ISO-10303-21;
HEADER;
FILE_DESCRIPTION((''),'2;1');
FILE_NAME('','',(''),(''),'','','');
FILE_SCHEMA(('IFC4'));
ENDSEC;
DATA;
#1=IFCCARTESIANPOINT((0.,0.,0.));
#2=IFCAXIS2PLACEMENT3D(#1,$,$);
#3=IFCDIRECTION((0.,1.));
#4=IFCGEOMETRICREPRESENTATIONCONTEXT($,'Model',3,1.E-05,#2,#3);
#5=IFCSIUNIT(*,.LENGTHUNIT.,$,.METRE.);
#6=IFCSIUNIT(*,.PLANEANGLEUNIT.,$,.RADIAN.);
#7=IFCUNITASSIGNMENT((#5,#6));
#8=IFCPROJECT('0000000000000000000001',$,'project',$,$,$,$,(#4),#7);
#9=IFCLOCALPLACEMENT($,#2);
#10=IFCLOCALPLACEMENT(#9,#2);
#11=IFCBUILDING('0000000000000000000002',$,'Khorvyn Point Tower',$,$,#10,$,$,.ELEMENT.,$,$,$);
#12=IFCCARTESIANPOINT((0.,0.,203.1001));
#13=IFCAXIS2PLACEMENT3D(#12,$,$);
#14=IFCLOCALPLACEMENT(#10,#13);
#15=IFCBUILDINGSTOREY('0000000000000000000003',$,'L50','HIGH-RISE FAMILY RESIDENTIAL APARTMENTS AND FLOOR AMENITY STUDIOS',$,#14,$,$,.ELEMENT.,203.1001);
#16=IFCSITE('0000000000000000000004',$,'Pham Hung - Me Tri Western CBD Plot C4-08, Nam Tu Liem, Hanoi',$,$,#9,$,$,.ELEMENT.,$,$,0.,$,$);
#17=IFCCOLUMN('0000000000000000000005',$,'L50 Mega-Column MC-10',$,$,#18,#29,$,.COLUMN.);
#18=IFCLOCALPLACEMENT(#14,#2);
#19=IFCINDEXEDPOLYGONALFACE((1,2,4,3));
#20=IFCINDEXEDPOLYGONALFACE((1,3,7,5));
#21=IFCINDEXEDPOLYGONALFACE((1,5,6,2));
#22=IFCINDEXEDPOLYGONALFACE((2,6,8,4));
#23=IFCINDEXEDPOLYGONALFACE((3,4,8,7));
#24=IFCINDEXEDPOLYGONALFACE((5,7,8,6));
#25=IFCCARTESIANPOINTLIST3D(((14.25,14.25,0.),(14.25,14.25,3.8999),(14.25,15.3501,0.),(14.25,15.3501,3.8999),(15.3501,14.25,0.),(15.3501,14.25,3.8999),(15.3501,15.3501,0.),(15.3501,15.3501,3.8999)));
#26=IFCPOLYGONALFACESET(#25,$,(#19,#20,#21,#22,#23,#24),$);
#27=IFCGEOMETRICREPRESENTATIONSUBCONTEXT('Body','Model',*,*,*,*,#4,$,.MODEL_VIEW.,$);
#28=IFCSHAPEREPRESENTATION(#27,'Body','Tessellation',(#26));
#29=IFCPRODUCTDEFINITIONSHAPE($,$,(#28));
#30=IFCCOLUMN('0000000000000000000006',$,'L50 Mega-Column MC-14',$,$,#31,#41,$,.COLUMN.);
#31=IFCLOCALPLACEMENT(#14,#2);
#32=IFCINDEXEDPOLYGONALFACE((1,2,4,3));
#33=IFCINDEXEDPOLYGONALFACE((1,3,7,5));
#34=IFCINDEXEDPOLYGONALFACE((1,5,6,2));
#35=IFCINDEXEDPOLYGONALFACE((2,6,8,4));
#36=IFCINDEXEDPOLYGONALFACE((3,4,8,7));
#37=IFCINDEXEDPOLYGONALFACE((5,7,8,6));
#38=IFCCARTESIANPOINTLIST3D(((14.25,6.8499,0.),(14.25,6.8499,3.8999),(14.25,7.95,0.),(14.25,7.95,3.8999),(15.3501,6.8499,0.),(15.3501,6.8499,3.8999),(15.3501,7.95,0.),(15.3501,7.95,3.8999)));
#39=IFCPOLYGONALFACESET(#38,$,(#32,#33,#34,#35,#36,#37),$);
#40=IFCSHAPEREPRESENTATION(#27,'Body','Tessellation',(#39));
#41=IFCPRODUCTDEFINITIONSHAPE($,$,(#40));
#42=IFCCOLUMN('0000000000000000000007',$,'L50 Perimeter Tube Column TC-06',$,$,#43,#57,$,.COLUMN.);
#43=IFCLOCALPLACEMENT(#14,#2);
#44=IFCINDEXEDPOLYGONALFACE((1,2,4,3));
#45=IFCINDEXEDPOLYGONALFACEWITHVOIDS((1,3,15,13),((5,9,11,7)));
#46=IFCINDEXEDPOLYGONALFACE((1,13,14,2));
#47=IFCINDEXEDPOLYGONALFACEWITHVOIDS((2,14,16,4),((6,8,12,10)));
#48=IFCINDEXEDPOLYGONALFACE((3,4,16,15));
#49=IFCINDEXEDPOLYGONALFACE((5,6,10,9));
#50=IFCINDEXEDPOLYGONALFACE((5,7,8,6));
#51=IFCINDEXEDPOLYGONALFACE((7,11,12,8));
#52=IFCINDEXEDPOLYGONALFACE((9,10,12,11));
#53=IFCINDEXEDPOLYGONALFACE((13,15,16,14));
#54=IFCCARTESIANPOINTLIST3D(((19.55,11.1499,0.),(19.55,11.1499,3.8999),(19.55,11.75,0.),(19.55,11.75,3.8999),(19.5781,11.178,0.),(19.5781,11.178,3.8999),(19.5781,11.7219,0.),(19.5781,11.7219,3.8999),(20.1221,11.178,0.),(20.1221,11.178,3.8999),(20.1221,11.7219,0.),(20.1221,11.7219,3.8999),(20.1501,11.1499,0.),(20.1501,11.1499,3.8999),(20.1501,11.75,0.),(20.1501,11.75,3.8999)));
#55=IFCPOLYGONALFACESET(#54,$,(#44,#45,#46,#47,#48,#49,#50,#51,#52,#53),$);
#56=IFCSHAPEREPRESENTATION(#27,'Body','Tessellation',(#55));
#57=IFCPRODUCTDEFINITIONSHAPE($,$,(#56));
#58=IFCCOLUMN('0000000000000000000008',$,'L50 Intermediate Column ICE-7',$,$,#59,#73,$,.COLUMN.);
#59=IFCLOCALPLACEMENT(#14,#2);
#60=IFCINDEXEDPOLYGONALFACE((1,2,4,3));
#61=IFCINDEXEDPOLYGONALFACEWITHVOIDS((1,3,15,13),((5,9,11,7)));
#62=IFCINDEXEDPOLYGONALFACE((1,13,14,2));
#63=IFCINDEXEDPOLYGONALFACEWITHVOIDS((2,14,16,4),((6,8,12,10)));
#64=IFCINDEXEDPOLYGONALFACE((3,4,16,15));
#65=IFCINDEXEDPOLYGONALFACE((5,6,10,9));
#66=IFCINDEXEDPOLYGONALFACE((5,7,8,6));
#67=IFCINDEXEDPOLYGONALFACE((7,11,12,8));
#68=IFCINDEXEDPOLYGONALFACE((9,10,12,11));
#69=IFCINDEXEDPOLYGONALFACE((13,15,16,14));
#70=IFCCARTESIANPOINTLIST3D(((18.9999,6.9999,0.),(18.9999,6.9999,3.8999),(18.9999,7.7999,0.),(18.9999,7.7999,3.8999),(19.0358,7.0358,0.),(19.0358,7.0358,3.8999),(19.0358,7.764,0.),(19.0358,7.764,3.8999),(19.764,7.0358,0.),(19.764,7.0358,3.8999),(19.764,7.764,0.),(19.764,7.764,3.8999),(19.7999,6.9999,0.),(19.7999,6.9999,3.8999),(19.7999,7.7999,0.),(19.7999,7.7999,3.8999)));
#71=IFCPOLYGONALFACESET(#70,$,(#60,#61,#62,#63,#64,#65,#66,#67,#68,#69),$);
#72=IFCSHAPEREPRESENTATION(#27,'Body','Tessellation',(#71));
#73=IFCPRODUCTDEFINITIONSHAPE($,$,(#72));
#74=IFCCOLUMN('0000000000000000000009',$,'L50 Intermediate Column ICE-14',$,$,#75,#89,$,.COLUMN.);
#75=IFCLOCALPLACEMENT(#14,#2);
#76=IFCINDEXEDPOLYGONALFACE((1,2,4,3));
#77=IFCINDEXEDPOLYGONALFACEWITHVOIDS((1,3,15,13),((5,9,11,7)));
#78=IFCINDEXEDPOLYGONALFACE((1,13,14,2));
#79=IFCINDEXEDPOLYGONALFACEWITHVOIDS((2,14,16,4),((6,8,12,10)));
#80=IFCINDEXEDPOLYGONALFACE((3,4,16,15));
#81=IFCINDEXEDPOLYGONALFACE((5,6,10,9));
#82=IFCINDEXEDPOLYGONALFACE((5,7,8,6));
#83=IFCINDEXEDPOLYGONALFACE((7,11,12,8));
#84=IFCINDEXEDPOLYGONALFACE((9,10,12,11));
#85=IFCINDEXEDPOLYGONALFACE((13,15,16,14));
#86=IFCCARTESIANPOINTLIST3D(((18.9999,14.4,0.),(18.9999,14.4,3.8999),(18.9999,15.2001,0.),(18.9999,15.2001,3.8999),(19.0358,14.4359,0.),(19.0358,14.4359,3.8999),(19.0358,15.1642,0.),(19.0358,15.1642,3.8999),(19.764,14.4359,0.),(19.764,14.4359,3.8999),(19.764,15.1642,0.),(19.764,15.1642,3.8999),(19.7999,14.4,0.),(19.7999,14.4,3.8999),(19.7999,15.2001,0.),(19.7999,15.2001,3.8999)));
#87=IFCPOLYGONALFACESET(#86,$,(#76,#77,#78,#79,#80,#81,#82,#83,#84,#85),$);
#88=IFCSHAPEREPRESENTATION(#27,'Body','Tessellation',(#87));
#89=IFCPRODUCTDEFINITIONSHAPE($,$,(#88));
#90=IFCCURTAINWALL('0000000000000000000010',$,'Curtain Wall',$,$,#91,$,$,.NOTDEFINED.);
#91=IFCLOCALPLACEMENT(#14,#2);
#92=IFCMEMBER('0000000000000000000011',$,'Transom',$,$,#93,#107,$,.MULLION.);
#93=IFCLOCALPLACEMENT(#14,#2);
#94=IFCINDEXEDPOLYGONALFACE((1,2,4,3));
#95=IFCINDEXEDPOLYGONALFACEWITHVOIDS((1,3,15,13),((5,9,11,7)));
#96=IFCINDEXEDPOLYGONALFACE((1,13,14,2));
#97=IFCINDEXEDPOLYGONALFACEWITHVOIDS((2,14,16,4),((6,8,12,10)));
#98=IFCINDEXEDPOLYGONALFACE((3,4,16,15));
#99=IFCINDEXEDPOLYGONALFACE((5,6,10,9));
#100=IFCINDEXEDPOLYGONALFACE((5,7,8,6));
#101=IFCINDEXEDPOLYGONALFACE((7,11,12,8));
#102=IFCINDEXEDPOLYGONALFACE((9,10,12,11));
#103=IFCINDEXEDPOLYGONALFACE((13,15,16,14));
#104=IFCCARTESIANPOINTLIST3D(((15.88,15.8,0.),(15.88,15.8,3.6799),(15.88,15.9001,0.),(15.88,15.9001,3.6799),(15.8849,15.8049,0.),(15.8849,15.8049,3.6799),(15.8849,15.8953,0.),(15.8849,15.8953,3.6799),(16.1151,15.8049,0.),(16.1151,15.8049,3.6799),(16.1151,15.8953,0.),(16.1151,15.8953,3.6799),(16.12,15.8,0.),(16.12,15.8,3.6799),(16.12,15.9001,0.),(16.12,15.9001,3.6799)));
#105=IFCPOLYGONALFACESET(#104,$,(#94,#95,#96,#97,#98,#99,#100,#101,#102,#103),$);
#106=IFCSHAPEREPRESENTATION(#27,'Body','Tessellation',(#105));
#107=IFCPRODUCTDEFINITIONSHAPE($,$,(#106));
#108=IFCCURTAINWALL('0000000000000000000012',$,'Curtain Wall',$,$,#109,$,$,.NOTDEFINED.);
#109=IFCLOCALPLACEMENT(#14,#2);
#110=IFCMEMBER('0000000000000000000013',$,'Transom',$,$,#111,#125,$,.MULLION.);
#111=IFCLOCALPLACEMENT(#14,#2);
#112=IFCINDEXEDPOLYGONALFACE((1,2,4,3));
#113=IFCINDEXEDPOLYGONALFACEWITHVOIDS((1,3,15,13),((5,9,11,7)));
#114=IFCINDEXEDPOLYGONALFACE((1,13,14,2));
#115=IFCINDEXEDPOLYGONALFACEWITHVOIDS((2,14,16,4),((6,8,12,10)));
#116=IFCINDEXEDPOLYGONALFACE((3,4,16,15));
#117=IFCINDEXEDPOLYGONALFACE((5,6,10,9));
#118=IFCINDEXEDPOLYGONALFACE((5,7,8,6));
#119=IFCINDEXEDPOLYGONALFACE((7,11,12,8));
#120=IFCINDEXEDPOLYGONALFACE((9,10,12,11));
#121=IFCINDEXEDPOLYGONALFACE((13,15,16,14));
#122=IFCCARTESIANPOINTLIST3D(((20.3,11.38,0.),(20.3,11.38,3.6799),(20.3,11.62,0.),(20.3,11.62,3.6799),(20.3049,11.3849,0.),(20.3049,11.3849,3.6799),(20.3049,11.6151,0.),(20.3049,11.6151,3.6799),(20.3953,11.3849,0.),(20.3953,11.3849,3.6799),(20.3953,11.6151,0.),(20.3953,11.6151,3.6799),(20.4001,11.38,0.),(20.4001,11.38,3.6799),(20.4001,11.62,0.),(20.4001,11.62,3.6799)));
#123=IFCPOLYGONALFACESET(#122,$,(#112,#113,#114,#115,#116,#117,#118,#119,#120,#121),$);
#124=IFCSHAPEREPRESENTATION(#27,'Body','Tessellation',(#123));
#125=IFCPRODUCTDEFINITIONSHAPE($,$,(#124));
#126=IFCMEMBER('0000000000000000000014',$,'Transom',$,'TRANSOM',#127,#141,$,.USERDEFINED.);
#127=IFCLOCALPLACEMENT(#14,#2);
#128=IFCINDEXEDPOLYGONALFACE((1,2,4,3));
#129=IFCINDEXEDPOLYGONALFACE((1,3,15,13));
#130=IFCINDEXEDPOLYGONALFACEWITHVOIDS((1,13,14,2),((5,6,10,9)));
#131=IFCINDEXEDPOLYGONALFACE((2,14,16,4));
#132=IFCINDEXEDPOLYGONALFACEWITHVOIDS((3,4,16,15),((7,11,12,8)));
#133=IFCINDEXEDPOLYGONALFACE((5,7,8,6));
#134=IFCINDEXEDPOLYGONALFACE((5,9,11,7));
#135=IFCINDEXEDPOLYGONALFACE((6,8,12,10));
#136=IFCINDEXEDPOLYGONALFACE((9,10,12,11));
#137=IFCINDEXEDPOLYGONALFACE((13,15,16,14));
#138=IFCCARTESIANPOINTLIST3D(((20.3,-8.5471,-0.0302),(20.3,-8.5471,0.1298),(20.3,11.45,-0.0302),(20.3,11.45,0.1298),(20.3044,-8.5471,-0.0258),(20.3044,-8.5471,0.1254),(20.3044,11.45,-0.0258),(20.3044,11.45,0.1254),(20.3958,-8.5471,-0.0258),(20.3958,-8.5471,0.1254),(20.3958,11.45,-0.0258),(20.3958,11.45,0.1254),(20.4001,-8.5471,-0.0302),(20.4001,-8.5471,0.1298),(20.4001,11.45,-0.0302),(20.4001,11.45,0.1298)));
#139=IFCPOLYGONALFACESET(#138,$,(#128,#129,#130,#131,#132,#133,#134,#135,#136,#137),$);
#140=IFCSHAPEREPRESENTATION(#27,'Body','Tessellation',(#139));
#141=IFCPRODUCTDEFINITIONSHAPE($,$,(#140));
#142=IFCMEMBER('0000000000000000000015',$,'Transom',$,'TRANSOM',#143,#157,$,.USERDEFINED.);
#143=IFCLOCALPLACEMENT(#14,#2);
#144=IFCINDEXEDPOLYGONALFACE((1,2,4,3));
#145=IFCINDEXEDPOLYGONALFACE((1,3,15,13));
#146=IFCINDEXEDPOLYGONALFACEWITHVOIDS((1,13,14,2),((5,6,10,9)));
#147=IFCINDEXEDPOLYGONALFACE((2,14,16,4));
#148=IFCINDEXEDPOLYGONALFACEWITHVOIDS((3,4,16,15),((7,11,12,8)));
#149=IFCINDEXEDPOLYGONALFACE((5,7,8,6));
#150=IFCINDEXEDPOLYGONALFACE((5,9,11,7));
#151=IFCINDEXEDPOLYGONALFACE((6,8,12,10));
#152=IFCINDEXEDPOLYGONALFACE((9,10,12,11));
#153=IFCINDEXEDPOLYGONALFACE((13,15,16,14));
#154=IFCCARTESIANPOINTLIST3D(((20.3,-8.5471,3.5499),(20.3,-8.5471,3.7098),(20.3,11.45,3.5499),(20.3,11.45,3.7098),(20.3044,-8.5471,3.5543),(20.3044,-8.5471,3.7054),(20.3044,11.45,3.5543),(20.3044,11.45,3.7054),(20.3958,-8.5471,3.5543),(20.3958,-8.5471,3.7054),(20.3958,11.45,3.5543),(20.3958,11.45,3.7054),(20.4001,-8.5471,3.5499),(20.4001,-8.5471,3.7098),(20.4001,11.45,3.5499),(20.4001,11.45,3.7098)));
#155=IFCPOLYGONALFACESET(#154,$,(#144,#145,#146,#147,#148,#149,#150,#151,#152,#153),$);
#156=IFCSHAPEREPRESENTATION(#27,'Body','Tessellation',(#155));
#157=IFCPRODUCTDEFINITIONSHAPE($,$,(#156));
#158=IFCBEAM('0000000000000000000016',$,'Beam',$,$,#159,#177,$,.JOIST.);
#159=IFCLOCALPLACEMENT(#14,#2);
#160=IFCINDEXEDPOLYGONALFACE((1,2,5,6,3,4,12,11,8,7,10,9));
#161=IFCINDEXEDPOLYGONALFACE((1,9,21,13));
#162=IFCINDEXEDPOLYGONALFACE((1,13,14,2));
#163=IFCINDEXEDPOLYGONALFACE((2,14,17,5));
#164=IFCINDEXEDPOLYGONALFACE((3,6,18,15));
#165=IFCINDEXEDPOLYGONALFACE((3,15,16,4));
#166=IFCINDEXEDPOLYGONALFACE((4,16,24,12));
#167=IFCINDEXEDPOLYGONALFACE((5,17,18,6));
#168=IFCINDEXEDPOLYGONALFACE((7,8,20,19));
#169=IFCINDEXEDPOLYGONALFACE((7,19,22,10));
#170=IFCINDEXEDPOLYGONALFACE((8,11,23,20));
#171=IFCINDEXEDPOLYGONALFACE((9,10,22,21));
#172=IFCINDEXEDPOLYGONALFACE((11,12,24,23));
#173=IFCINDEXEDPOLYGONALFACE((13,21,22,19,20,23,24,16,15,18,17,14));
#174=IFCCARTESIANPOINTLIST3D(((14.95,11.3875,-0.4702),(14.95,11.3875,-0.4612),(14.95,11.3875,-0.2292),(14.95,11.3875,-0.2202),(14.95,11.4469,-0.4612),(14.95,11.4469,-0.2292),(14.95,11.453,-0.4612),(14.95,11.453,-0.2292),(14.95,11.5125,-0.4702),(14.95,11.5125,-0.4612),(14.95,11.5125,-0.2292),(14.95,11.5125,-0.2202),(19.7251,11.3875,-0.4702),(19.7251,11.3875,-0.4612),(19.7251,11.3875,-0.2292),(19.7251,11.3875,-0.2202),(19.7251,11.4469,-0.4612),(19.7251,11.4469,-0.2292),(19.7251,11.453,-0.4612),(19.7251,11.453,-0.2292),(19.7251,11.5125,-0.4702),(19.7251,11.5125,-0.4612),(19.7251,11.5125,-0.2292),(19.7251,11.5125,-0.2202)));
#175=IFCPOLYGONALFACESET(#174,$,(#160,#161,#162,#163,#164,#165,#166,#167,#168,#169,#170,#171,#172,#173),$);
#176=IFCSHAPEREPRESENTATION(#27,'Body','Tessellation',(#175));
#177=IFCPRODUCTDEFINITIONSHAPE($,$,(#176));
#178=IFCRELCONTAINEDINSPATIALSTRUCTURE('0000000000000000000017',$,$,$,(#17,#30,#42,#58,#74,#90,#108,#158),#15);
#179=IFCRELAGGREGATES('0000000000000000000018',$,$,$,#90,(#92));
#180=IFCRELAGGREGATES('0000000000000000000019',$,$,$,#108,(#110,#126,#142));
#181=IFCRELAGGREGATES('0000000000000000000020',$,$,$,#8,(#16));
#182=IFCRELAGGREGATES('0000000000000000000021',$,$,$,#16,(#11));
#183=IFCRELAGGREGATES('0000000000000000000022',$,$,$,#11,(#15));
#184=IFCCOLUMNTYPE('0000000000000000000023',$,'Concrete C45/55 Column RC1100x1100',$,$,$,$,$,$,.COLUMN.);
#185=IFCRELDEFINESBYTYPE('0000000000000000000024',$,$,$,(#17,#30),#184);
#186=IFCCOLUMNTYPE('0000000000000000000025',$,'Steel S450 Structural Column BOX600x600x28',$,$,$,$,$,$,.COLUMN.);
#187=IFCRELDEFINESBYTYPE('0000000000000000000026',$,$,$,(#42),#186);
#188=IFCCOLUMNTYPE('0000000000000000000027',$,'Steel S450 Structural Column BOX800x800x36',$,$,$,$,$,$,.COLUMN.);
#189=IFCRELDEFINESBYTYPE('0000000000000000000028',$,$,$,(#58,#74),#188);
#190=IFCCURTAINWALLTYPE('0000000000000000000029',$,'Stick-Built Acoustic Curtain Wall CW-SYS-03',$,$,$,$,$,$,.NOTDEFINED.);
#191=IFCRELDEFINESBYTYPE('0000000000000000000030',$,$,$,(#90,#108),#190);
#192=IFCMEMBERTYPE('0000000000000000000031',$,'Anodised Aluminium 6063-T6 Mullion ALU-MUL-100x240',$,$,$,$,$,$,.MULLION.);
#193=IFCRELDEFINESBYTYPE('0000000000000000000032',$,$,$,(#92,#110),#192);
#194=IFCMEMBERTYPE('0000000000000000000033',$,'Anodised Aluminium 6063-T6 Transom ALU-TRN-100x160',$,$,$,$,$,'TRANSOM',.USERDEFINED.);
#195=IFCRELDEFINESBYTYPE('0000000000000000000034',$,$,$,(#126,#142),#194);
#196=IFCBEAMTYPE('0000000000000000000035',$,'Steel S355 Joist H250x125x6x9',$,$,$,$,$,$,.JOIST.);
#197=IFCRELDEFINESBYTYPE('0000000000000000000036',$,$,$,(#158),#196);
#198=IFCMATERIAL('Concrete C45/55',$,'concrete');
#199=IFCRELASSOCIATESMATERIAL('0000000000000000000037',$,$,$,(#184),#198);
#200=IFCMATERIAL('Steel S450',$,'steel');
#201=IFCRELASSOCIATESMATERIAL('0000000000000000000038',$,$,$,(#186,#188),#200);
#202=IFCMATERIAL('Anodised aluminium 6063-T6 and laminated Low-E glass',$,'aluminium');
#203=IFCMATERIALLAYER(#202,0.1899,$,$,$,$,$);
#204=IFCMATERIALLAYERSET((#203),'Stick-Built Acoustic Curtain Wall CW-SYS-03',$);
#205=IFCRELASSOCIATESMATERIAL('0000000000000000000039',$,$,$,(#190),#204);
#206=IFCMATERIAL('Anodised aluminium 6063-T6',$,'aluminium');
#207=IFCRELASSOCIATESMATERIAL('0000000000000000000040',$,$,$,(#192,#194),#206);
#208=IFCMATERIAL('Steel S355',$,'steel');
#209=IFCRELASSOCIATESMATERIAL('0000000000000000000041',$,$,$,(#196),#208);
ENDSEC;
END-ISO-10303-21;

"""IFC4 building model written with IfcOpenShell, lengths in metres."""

from ifc_helpers import new_model, si_unit, direction, frame, origin, origin_2d, place, context, subcontext, project, spatial, rectangle, hollow_rectangle, i_section, extrude, material, layer, layer_set, material_profile, profile_set, type_object, element, aggregate, save


model = new_model("IFC4")

# Units and contexts
model_context = context("Model", 3, precision=1e-05, world=origin(), true_north=direction((0.0, 1.0)))
body_context = subcontext(model_context, "Body", "Model", "MODEL_VIEW")
ifc_project = project(units=[si_unit("LENGTHUNIT", "METRE"), si_unit("PLANEANGLEUNIT", "RADIAN")], contexts=[model_context])

# Site, building, storey
site_placement = place(None, origin())
site = spatial("IfcSite", under=ifc_project, at=site_placement, Name="Pham Hung - Me Tri Western CBD Plot C4-08, Nam Tu Liem, Hanoi", CompositionType="ELEMENT", RefElevation=0.0)
building_placement = place(site_placement, origin())
building = spatial("IfcBuilding", under=site, at=building_placement, Name="Khorvyn Point Tower", CompositionType="ELEMENT")
storey_placement = place(building_placement, frame((0.0, 0.0, 203.1001)))
storey = spatial("IfcBuildingStorey", under=building, at=storey_placement, Name="L50", Description="HIGH-RISE FAMILY RESIDENTIAL APARTMENTS AND FLOOR AMENITY STUDIOS", CompositionType="ELEMENT", Elevation=203.1001)

# Columns
ifc_material_1 = material(Name="Concrete C45/55", Category="concrete")
ifc_material_profile_1 = material_profile(ifc_material_1, rectangle(XDim=1.1001, YDim=1.1001, at=origin_2d()))
ifc_profile_set_1 = profile_set([ifc_material_profile_1], Name="Concrete C45/55 RC1100x1100")
column_type_1 = type_object("IfcColumnType", Name="Concrete C45/55 Column RC1100x1100", PredefinedType="COLUMN", material=ifc_profile_set_1)
for number, where, z_axis, x_axis, name in (
    (1, (14.8, 14.8, 0.0), (0.0, 0.0, 1.0), (1.0, 0.0, 0.0), "L50 Mega-Column MC-10"),
    (2, (14.8, 7.3999, 0.0), (0.0, 0.0, 1.0), (1.0, 0.0, 0.0), "L50 Mega-Column MC-14"),
):
    element("IfcColumn", number, at=place(storey_placement, frame(where, z_axis=z_axis, x_axis=x_axis)), inside=storey, type_object=column_type_1, Name=name, PredefinedType="COLUMN", context=body_context, shape_type="SweptSolid", body=[
        extrude(rectangle(XDim=1.1001, YDim=1.1001, at=origin_2d()), origin(), (0.0, 0.0, 1.0), 3.8999),
    ])
ifc_material_2 = material(Name="Steel S450", Category="steel")
ifc_material_profile_2 = material_profile(ifc_material_2, hollow_rectangle(XDim=0.6001, YDim=0.6001, WallThickness=0.0281, at=origin_2d()))
ifc_profile_set_2 = profile_set([ifc_material_profile_2], Name="Steel S450 BOX600x600x28")
column_type_2 = type_object("IfcColumnType", Name="Steel S450 Structural Column BOX600x600x28", PredefinedType="COLUMN", material=ifc_profile_set_2)
column_placement = place(storey_placement, frame((19.8501, 11.45, 0.0), z_axis=(0.0, 0.0, 1.0), x_axis=(1.0, 0.0, 0.0)))
element("IfcColumn", 3, at=column_placement, inside=storey, type_object=column_type_2, Name="L50 Perimeter Tube Column TC-06", PredefinedType="COLUMN", context=body_context, shape_type="SweptSolid", body=[
    extrude(hollow_rectangle(XDim=0.6001, YDim=0.6001, WallThickness=0.0281, at=origin_2d()), origin(), (0.0, 0.0, 1.0), 3.8999),
])
ifc_material_profile_3 = material_profile(ifc_material_2, hollow_rectangle(XDim=0.8, YDim=0.8, WallThickness=0.0359, at=origin_2d()))
ifc_profile_set_3 = profile_set([ifc_material_profile_3], Name="Steel S450 BOX800x800x36")
column_type_3 = type_object("IfcColumnType", Name="Steel S450 Structural Column BOX800x800x36", PredefinedType="COLUMN", material=ifc_profile_set_3)
for number, where, z_axis, x_axis, name in (
    (4, (19.3999, 7.3999, 0.0), (0.0, 0.0, 1.0), (1.0, 0.0, 0.0), "L50 Intermediate Column ICE-7"),
    (5, (19.3999, 14.8, 0.0), (0.0, 0.0, 1.0), (1.0, 0.0, 0.0), "L50 Intermediate Column ICE-14"),
):
    element("IfcColumn", number, at=place(storey_placement, frame(where, z_axis=z_axis, x_axis=x_axis)), inside=storey, type_object=column_type_3, Name=name, PredefinedType="COLUMN", context=body_context, shape_type="SweptSolid", body=[
        extrude(hollow_rectangle(XDim=0.8, YDim=0.8, WallThickness=0.0359, at=origin_2d()), origin(), (0.0, 0.0, 1.0), 3.8999),
    ])

# Curtain wall, member
ifc_material_3 = material(Name="Anodised aluminium 6063-T6 and laminated Low-E glass", Category="aluminium")
ifc_layer_1 = layer(ifc_material_3, 0.1899)
ifc_layer_set_1 = layer_set([ifc_layer_1], Name="Stick-Built Acoustic Curtain Wall CW-SYS-03")
curtain_wall_type = type_object("IfcCurtainWallType", Name="Stick-Built Acoustic Curtain Wall CW-SYS-03", PredefinedType="NOTDEFINED", material=ifc_layer_set_1)
curtain_wall_1_placement = place(storey_placement, origin())
curtain_wall_1 = element("IfcCurtainWall", 6, at=curtain_wall_1_placement, inside=storey, type_object=curtain_wall_type, Name="Curtain Wall", PredefinedType="NOTDEFINED")
ifc_material_4 = material(Name="Anodised aluminium 6063-T6", Category="aluminium")
ifc_material_profile_4 = material_profile(ifc_material_4, hollow_rectangle(XDim=0.1001, YDim=0.24, WallThickness=0.0049, at=origin_2d()))
ifc_profile_set_4 = profile_set([ifc_material_profile_4], Name="Anodised aluminium 6063-T6 ALU-MUL-100x240")
member_type_1 = type_object("IfcMemberType", Name="Anodised Aluminium 6063-T6 Mullion ALU-MUL-100x240", PredefinedType="MULLION", material=ifc_profile_set_4)
member_1_placement = place(storey_placement, frame((16.0, 15.8501, 0.0), z_axis=(0.0, 0.0, 1.0), x_axis=(0.0, 1.0, 0.0)))
member_1 = element("IfcMember", 7, at=member_1_placement, type_object=member_type_1, Name="Transom", PredefinedType="MULLION", context=body_context, shape_type="SweptSolid", body=[
    extrude(hollow_rectangle(XDim=0.1001, YDim=0.24, WallThickness=0.0049, at=origin_2d()), origin(), (0.0, 0.0, 1.0), 3.6799),
])
aggregate(curtain_wall_1, [member_1])

# Curtain wall, members
curtain_wall_2_placement = place(storey_placement, origin())
curtain_wall_2 = element("IfcCurtainWall", 8, at=curtain_wall_2_placement, inside=storey, type_object=curtain_wall_type, Name="Curtain Wall", PredefinedType="NOTDEFINED")
member_2_placement = place(storey_placement, frame((20.3501, 11.5, 0.0), z_axis=(0.0, 0.0, 1.0), x_axis=(1.0, 0.0, 0.0)))
member_2 = element("IfcMember", 9, at=member_2_placement, type_object=member_type_1, Name="Transom", PredefinedType="MULLION", context=body_context, shape_type="SweptSolid", body=[
    extrude(hollow_rectangle(XDim=0.1001, YDim=0.24, WallThickness=0.0049, at=origin_2d()), origin(), (0.0, 0.0, 1.0), 3.6799),
])
ifc_material_profile_5 = material_profile(ifc_material_4, hollow_rectangle(XDim=0.1001, YDim=0.1599, WallThickness=0.0044, at=origin_2d()))
ifc_profile_set_5 = profile_set([ifc_material_profile_5], Name="Anodised aluminium 6063-T6 ALU-TRN-100x160")
member_type_2 = type_object("IfcMemberType", Name="Anodised Aluminium 6063-T6 Transom ALU-TRN-100x160", ElementType="TRANSOM", PredefinedType="USERDEFINED", material=ifc_profile_set_5)
member_3_placement = place(storey_placement, frame((20.3501, 11.45, 0.0498), z_axis=(0.0, -1.0, 0.0), x_axis=(1.0, 0.0, 0.0)))
member_3 = element("IfcMember", 10, at=member_3_placement, type_object=member_type_2, Name="Transom", ObjectType="TRANSOM", PredefinedType="USERDEFINED", context=body_context, shape_type="SweptSolid", body=[
    extrude(hollow_rectangle(XDim=0.1001, YDim=0.1599, WallThickness=0.0044, at=origin_2d()), origin(), (0.0, 0.0, 1.0), 19.9971),
])
member_4_placement = place(storey_placement, frame((20.3501, 11.45, 3.6299), z_axis=(0.0, -1.0, 0.0), x_axis=(1.0, 0.0, 0.0)))
member_4 = element("IfcMember", 11, at=member_4_placement, type_object=member_type_2, Name="Transom", ObjectType="TRANSOM", PredefinedType="USERDEFINED", context=body_context, shape_type="SweptSolid", body=[
    extrude(hollow_rectangle(XDim=0.1001, YDim=0.1599, WallThickness=0.0044, at=origin_2d()), origin(), (0.0, 0.0, 1.0), 19.9971),
])
aggregate(curtain_wall_2, [member_2, member_3, member_4])

# Beam
ifc_material_5 = material(Name="Steel S355", Category="steel")
ifc_material_profile_6 = material_profile(ifc_material_5, i_section(OverallWidth=0.125, OverallDepth=0.25, WebThickness=0.0061, FlangeThickness=0.009, at=origin_2d()))
ifc_profile_set_6 = profile_set([ifc_material_profile_6], Name="Steel S355 H250x125x6x9")
beam_type_1 = type_object("IfcBeamType", Name="Steel S355 Joist H250x125x6x9", PredefinedType="JOIST", material=ifc_profile_set_6)
beam_1_placement = place(storey_placement, frame((14.95, 11.45, -0.3452), z_axis=(1.0, 0.0, 0.0), x_axis=(0.0, 1.0, 0.0)))
element("IfcBeam", 12, at=beam_1_placement, inside=storey, type_object=beam_type_1, Name="Beam", PredefinedType="JOIST", context=body_context, shape_type="SweptSolid", body=[
    extrude(i_section(OverallWidth=0.125, OverallDepth=0.25, WebThickness=0.0061, FlangeThickness=0.009, at=origin_2d()), origin(), (0.0, 0.0, 1.0), 4.7751),
])

save(model, "model.ifc")
